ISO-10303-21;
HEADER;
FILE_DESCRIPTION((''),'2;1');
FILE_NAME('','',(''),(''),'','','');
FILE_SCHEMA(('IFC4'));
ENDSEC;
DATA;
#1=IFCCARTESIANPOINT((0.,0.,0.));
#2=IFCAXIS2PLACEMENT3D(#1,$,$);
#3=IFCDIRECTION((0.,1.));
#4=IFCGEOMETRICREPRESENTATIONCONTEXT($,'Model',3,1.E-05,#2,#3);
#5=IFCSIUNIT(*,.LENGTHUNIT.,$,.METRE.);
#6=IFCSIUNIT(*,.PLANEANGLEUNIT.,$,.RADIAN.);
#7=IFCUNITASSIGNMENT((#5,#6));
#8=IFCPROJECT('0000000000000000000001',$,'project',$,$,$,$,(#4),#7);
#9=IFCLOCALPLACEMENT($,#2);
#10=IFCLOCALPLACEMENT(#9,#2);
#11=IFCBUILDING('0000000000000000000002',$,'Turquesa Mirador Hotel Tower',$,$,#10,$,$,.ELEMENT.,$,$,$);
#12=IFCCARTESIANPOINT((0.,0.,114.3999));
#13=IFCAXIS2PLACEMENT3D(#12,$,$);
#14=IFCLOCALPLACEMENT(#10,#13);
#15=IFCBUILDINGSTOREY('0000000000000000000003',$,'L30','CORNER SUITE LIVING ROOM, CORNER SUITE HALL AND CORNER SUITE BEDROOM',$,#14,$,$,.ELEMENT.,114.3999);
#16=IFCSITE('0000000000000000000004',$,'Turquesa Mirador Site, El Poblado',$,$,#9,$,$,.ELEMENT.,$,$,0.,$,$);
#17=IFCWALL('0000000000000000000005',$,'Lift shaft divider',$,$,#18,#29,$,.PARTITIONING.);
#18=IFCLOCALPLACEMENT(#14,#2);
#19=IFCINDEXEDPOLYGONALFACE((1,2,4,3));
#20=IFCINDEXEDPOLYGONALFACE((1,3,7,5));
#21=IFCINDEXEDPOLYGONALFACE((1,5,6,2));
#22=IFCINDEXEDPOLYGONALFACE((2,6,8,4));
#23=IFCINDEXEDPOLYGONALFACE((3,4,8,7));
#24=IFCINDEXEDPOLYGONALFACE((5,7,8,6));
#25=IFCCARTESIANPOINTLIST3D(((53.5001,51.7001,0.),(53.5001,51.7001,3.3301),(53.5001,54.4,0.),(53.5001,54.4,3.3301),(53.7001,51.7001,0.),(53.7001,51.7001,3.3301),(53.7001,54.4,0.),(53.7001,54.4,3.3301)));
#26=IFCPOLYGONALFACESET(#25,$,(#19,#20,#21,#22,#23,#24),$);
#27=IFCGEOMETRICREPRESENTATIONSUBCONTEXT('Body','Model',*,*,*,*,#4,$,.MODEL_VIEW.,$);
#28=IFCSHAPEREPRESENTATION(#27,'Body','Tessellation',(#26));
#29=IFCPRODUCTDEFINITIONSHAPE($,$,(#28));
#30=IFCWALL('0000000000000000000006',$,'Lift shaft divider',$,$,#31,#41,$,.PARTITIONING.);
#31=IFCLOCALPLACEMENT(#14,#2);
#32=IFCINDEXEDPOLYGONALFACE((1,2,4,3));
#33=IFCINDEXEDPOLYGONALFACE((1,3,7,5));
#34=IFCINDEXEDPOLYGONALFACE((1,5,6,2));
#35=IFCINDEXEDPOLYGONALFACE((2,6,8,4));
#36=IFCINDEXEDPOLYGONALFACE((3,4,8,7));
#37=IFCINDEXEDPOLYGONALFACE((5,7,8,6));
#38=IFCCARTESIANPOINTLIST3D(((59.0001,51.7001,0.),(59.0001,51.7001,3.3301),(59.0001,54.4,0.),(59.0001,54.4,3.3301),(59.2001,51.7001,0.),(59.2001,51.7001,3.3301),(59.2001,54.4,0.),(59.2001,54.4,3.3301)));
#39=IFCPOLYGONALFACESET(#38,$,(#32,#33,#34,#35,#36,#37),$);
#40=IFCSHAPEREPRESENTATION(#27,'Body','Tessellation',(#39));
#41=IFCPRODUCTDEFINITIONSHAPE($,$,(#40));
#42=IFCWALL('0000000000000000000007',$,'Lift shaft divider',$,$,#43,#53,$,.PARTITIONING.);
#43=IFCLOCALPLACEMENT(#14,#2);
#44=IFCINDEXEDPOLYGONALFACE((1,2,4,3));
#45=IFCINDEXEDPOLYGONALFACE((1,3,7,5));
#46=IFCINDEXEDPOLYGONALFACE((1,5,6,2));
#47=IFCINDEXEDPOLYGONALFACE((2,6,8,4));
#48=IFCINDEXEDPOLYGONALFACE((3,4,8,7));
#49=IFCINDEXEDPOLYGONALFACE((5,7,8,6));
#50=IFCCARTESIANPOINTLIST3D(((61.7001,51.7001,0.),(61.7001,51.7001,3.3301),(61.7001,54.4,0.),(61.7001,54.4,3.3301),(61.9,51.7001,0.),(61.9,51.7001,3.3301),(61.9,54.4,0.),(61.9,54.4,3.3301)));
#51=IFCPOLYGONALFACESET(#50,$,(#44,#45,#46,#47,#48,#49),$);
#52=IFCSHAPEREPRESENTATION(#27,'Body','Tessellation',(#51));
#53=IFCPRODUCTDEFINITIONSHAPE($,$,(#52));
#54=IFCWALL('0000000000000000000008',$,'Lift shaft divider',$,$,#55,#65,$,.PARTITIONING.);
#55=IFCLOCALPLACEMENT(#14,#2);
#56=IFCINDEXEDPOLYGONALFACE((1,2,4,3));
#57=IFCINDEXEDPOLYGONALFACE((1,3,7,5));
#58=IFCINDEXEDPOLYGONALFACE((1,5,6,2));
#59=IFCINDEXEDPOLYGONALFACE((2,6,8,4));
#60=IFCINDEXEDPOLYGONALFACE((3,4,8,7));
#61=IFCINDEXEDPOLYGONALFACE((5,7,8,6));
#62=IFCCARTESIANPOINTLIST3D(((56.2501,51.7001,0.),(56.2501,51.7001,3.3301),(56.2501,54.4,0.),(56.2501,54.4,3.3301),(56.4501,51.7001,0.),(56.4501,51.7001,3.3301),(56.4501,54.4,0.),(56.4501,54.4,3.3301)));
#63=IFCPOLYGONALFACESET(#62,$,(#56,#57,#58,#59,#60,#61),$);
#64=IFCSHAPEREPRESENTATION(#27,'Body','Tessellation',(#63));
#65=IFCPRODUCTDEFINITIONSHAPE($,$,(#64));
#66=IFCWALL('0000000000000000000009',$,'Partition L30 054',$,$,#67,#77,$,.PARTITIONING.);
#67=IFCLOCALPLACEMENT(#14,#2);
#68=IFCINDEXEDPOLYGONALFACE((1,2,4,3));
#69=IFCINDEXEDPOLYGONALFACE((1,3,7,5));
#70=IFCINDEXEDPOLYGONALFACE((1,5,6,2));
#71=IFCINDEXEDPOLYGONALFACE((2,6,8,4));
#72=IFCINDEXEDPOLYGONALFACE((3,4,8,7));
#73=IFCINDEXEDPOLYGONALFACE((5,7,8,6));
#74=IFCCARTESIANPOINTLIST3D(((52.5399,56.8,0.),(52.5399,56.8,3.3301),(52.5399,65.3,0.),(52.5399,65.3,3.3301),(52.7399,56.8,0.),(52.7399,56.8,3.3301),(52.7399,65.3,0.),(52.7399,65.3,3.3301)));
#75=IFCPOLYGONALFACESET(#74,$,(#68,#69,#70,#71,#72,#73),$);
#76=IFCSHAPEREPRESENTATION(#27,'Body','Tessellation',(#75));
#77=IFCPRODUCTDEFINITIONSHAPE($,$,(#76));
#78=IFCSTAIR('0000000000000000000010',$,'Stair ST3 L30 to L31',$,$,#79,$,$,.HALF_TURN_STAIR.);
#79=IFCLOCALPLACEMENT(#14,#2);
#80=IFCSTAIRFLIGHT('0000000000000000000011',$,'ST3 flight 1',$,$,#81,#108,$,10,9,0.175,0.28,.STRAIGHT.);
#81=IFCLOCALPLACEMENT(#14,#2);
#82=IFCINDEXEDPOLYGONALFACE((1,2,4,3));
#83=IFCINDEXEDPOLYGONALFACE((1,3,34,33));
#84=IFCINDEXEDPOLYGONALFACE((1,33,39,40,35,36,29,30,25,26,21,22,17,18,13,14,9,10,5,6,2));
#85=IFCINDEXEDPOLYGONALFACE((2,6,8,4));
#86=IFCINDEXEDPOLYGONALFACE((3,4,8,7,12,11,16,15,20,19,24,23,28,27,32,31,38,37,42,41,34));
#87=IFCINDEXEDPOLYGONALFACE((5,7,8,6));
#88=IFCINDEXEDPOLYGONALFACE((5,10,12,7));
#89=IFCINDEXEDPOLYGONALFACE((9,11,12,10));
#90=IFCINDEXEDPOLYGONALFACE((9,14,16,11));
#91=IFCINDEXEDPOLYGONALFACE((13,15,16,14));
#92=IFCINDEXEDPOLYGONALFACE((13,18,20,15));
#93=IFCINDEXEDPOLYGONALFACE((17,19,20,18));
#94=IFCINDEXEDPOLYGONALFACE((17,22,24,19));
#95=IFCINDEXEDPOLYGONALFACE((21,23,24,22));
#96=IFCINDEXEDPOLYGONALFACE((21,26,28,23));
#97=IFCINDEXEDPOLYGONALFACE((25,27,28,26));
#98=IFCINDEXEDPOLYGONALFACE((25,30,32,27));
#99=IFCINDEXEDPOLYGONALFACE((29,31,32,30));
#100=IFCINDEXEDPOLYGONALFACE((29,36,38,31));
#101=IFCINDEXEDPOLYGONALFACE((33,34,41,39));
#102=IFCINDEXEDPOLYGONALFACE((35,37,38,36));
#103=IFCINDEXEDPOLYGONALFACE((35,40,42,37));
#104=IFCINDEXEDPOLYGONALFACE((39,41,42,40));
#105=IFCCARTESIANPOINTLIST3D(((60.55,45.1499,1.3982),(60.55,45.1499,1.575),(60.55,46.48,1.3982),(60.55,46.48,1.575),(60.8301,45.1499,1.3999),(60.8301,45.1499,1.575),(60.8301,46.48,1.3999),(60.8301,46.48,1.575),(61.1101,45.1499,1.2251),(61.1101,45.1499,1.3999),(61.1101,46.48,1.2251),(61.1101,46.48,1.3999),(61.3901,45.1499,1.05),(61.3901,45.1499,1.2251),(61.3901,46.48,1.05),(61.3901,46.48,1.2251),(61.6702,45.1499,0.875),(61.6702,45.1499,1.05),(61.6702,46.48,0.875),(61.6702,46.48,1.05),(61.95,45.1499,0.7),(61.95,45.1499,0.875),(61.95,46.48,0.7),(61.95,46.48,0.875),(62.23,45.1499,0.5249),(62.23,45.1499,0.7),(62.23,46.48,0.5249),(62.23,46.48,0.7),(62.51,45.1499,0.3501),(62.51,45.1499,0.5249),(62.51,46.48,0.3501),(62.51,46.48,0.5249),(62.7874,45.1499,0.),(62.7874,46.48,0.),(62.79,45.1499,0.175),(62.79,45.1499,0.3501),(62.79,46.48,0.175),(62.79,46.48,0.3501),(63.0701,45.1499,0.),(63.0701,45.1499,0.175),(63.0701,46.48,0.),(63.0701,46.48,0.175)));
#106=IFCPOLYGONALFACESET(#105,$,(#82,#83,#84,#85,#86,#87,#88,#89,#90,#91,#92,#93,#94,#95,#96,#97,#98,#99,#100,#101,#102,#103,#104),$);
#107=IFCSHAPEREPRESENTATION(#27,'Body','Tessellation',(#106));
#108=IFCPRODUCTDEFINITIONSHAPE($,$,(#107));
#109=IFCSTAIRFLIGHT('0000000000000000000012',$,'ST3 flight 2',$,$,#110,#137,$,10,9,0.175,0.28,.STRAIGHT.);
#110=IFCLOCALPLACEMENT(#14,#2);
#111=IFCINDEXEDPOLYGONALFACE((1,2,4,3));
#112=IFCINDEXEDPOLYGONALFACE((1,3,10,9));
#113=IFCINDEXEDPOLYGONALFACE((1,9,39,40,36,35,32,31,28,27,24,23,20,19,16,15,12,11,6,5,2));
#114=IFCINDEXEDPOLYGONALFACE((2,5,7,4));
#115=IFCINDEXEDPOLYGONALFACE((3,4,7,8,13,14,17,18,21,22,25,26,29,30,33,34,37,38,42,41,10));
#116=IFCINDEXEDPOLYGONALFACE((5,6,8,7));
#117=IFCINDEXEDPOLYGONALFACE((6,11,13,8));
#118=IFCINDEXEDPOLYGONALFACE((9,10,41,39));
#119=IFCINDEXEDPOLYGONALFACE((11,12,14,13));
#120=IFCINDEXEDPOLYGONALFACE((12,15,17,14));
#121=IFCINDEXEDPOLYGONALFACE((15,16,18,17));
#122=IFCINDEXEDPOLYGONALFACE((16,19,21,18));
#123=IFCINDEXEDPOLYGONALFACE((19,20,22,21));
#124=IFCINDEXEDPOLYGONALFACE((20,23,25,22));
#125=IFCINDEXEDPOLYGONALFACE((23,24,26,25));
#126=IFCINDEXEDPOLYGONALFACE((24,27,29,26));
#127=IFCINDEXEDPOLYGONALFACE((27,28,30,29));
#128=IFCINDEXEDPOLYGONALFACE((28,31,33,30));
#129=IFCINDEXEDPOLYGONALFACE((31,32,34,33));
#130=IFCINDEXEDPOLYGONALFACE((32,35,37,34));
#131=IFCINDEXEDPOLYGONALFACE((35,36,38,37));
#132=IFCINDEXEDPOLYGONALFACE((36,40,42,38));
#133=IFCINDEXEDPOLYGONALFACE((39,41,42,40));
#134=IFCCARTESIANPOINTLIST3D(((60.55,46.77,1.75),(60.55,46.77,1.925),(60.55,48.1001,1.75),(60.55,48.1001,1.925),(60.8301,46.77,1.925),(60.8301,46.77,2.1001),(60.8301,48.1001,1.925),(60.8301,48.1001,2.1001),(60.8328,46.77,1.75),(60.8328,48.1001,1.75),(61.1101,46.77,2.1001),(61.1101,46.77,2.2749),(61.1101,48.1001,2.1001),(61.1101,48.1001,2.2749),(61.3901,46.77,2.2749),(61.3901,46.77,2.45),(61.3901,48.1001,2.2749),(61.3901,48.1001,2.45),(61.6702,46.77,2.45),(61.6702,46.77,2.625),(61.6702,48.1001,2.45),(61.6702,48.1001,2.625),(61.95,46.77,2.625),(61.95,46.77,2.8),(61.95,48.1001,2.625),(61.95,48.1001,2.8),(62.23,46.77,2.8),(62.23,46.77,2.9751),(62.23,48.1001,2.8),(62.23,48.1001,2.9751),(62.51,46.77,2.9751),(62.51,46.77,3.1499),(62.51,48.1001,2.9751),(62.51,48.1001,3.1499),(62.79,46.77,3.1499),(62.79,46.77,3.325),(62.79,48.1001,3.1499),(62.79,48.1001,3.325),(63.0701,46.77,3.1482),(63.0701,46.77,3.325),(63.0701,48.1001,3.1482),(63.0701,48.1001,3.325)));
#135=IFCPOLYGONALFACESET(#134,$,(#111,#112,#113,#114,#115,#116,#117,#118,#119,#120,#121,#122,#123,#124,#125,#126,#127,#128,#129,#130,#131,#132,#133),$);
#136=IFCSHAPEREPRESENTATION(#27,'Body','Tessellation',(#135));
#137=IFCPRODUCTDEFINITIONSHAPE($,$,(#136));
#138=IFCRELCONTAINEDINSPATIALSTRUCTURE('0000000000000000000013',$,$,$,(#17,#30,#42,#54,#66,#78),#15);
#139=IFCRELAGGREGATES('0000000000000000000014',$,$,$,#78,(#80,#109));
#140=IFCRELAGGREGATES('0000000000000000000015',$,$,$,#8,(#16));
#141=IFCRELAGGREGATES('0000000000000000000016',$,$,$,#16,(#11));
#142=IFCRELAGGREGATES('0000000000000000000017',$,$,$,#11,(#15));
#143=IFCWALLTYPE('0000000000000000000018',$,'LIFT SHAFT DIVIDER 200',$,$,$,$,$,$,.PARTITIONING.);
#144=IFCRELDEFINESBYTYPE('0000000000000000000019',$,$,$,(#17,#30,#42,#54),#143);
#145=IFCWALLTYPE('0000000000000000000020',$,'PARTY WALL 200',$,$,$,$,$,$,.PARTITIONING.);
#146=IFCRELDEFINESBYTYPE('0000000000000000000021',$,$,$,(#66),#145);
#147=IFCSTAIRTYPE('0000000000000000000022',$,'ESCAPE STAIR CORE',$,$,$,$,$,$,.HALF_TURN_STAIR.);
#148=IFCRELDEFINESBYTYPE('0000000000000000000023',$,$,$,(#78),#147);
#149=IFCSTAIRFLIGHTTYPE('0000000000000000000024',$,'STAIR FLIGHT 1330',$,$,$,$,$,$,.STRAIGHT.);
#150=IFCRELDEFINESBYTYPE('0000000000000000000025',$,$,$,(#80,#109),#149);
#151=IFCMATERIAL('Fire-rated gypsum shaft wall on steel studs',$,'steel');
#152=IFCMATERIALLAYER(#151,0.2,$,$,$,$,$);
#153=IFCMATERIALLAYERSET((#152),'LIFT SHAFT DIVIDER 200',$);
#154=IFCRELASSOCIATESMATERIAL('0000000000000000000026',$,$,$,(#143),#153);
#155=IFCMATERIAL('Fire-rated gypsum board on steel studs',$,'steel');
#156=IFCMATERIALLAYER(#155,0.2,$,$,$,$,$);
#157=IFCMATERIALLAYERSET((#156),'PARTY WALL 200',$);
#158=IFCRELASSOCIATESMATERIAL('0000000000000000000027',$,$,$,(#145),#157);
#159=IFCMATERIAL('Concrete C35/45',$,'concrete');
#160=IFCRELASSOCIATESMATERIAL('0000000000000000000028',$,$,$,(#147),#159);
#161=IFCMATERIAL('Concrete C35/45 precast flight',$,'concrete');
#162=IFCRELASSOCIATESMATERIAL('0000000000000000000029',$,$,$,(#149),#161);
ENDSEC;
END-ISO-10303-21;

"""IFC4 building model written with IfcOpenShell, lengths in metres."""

from ifc_helpers import new_model, si_unit, direction, frame, frame_2d, origin, place, context, subcontext, project, spatial, polyline, rectangle, outline, extrude, material, layer, layer_set, type_object, element, aggregate, save


model = new_model("IFC4")

# Units and contexts
model_context = context("Model", 3, precision=1e-05, world=origin(), true_north=direction((0.0, 1.0)))
body_context = subcontext(model_context, "Body", "Model", "MODEL_VIEW")
ifc_project = project(units=[si_unit("LENGTHUNIT", "METRE"), si_unit("PLANEANGLEUNIT", "RADIAN")], contexts=[model_context])

# Site, building, storey
site_placement = place(None, origin())
site = spatial("IfcSite", under=ifc_project, at=site_placement, Name="Turquesa Mirador Site, El Poblado", CompositionType="ELEMENT", RefElevation=0.0)
building_placement = place(site_placement, origin())
building = spatial("IfcBuilding", under=site, at=building_placement, Name="Turquesa Mirador Hotel Tower", CompositionType="ELEMENT")
storey_placement = place(building_placement, frame((0.0, 0.0, 114.3999)))
storey = spatial("IfcBuildingStorey", under=building, at=storey_placement, Name="L30", Description="CORNER SUITE LIVING ROOM, CORNER SUITE HALL AND CORNER SUITE BEDROOM", CompositionType="ELEMENT", Elevation=114.3999)

# Walls
ifc_material_1 = material(Name="Fire-rated gypsum shaft wall on steel studs", Category="steel")
ifc_layer_1 = layer(ifc_material_1, 0.2)
ifc_layer_set_1 = layer_set([ifc_layer_1], Name="LIFT SHAFT DIVIDER 200")
wall_type_1 = type_object("IfcWallType", Name="LIFT SHAFT DIVIDER 200", PredefinedType="PARTITIONING", material=ifc_layer_set_1)
for number, where, z_axis, x_axis, name in (
    (1, (53.6001, 51.7, 0.0), (0.0, 0.0, 1.0), (0.0, 1.0, 0.0), "Lift shaft divider"),
    (2, (59.1001, 51.7, 0.0), (0.0, 0.0, 1.0), (0.0, 1.0, 0.0), "Lift shaft divider"),
    (3, (61.8, 51.7, 0.0), (0.0, 0.0, 1.0), (0.0, 1.0, 0.0), "Lift shaft divider"),
    (4, (56.3501, 51.7, 0.0), (0.0, 0.0, 1.0), (0.0, 1.0, 0.0), "Lift shaft divider"),
):
    element("IfcWall", number, at=place(storey_placement, frame(where, z_axis=z_axis, x_axis=x_axis)), inside=storey, type_object=wall_type_1, Name=name, PredefinedType="PARTITIONING", context=body_context, shape_type="SweptSolid", body=[
        extrude(rectangle(XDim=2.7, YDim=0.2, at=frame_2d((1.3501, 0.0))), origin(), (0.0, 0.0, 1.0), 3.3301),
    ])
ifc_material_2 = material(Name="Fire-rated gypsum board on steel studs", Category="steel")
ifc_layer_2 = layer(ifc_material_2, 0.2)
ifc_layer_set_2 = layer_set([ifc_layer_2], Name="PARTY WALL 200")
wall_type_2 = type_object("IfcWallType", Name="PARTY WALL 200", PredefinedType="PARTITIONING", material=ifc_layer_set_2)
wall_1_placement = place(storey_placement, frame((52.6399, 56.8, 0.0), z_axis=(0.0, 0.0, 1.0), x_axis=(0.0, 1.0, 0.0)))
element("IfcWall", 5, at=wall_1_placement, inside=storey, type_object=wall_type_2, Name="Partition L30 054", PredefinedType="PARTITIONING", context=body_context, shape_type="SweptSolid", body=[
    extrude(rectangle(XDim=8.5, YDim=0.2, at=frame_2d((4.25, 0.0))), origin(), (0.0, 0.0, 1.0), 3.3301),
])

# Stair, stair flights
ifc_material_3 = material(Name="Concrete C35/45", Category="concrete")
stair_type = type_object("IfcStairType", Name="ESCAPE STAIR CORE", PredefinedType="HALF_TURN_STAIR", material=ifc_material_3)
stair_placement = place(storey_placement, origin())
stair = element("IfcStair", 6, at=stair_placement, inside=storey, type_object=stair_type, Name="Stair ST3 L30 to L31", PredefinedType="HALF_TURN_STAIR")
ifc_material_4 = material(Name="Concrete C35/45 precast flight", Category="concrete")
stair_flight_type = type_object("IfcStairFlightType", Name="STAIR FLIGHT 1330", PredefinedType="STRAIGHT", material=ifc_material_4)
stair_flight_1_placement = place(storey_placement, frame((63.0701, 45.8149, 0.0), z_axis=(0.0, 0.0, 1.0), x_axis=(-1.0, 0.0, 0.0)))
stair_flight_1 = element("IfcStairFlight", 7, at=stair_flight_1_placement, type_object=stair_flight_type, Name="ST3 flight 1", NumberOfRisers=10, NumberOfTreads=9, PredefinedType="STRAIGHT", RiserHeight=0.175, TreadLength=0.28, context=body_context, shape_type="SweptSolid", body=[
    extrude(outline(polyline([(0.0, 0.0), (0.0, 0.175), (0.28, 0.175), (0.28, 0.3501), (0.5601, 0.3501), (0.5601, 0.5249), (0.8401, 0.5249), (0.8401, 0.7), (1.1201, 0.7), (1.1201, 0.875), (1.3999, 0.875), (1.3999, 1.05), (1.6799, 1.05), (1.6799, 1.2251), (1.96, 1.2251), (1.96, 1.3999), (2.24, 1.3999), (2.24, 1.575), (2.52, 1.575), (2.52, 1.75), (2.52, 1.3982), (0.2827, 0.0), (0.0, 0.0)])), frame((0.0, 0.665, 0.0), z_axis=(0.0, -1.0, 0.0), x_axis=(1.0, 0.0, 0.0)), (0.0, 0.0, 1.0), 1.3301),
])
stair_flight_2_placement = place(storey_placement, frame((60.55, 47.4351, 1.75), z_axis=(0.0, 0.0, 1.0), x_axis=(1.0, 0.0, 0.0)))
stair_flight_2 = element("IfcStairFlight", 8, at=stair_flight_2_placement, type_object=stair_flight_type, Name="ST3 flight 2", NumberOfRisers=10, NumberOfTreads=9, PredefinedType="STRAIGHT", RiserHeight=0.175, TreadLength=0.28, context=body_context, shape_type="SweptSolid", body=[
    extrude(outline(polyline([(0.0, 0.0), (0.0, 0.175), (0.28, 0.175), (0.28, 0.3501), (0.5601, 0.3501), (0.5601, 0.5249), (0.8401, 0.5249), (0.8401, 0.7), (1.1201, 0.7), (1.1201, 0.875), (1.3999, 0.875), (1.3999, 1.05), (1.6799, 1.05), (1.6799, 1.2251), (1.96, 1.2251), (1.96, 1.3999), (2.24, 1.3999), (2.24, 1.575), (2.52, 1.575), (2.52, 1.75), (2.52, 1.3982), (0.2827, 0.0), (0.0, 0.0)])), frame((0.0, 0.665, 0.0), z_axis=(0.0, -1.0, 0.0), x_axis=(1.0, 0.0, 0.0)), (0.0, 0.0, 1.0), 1.3301),
])
aggregate(stair, [stair_flight_1, stair_flight_2])

save(model, "model.ifc")
